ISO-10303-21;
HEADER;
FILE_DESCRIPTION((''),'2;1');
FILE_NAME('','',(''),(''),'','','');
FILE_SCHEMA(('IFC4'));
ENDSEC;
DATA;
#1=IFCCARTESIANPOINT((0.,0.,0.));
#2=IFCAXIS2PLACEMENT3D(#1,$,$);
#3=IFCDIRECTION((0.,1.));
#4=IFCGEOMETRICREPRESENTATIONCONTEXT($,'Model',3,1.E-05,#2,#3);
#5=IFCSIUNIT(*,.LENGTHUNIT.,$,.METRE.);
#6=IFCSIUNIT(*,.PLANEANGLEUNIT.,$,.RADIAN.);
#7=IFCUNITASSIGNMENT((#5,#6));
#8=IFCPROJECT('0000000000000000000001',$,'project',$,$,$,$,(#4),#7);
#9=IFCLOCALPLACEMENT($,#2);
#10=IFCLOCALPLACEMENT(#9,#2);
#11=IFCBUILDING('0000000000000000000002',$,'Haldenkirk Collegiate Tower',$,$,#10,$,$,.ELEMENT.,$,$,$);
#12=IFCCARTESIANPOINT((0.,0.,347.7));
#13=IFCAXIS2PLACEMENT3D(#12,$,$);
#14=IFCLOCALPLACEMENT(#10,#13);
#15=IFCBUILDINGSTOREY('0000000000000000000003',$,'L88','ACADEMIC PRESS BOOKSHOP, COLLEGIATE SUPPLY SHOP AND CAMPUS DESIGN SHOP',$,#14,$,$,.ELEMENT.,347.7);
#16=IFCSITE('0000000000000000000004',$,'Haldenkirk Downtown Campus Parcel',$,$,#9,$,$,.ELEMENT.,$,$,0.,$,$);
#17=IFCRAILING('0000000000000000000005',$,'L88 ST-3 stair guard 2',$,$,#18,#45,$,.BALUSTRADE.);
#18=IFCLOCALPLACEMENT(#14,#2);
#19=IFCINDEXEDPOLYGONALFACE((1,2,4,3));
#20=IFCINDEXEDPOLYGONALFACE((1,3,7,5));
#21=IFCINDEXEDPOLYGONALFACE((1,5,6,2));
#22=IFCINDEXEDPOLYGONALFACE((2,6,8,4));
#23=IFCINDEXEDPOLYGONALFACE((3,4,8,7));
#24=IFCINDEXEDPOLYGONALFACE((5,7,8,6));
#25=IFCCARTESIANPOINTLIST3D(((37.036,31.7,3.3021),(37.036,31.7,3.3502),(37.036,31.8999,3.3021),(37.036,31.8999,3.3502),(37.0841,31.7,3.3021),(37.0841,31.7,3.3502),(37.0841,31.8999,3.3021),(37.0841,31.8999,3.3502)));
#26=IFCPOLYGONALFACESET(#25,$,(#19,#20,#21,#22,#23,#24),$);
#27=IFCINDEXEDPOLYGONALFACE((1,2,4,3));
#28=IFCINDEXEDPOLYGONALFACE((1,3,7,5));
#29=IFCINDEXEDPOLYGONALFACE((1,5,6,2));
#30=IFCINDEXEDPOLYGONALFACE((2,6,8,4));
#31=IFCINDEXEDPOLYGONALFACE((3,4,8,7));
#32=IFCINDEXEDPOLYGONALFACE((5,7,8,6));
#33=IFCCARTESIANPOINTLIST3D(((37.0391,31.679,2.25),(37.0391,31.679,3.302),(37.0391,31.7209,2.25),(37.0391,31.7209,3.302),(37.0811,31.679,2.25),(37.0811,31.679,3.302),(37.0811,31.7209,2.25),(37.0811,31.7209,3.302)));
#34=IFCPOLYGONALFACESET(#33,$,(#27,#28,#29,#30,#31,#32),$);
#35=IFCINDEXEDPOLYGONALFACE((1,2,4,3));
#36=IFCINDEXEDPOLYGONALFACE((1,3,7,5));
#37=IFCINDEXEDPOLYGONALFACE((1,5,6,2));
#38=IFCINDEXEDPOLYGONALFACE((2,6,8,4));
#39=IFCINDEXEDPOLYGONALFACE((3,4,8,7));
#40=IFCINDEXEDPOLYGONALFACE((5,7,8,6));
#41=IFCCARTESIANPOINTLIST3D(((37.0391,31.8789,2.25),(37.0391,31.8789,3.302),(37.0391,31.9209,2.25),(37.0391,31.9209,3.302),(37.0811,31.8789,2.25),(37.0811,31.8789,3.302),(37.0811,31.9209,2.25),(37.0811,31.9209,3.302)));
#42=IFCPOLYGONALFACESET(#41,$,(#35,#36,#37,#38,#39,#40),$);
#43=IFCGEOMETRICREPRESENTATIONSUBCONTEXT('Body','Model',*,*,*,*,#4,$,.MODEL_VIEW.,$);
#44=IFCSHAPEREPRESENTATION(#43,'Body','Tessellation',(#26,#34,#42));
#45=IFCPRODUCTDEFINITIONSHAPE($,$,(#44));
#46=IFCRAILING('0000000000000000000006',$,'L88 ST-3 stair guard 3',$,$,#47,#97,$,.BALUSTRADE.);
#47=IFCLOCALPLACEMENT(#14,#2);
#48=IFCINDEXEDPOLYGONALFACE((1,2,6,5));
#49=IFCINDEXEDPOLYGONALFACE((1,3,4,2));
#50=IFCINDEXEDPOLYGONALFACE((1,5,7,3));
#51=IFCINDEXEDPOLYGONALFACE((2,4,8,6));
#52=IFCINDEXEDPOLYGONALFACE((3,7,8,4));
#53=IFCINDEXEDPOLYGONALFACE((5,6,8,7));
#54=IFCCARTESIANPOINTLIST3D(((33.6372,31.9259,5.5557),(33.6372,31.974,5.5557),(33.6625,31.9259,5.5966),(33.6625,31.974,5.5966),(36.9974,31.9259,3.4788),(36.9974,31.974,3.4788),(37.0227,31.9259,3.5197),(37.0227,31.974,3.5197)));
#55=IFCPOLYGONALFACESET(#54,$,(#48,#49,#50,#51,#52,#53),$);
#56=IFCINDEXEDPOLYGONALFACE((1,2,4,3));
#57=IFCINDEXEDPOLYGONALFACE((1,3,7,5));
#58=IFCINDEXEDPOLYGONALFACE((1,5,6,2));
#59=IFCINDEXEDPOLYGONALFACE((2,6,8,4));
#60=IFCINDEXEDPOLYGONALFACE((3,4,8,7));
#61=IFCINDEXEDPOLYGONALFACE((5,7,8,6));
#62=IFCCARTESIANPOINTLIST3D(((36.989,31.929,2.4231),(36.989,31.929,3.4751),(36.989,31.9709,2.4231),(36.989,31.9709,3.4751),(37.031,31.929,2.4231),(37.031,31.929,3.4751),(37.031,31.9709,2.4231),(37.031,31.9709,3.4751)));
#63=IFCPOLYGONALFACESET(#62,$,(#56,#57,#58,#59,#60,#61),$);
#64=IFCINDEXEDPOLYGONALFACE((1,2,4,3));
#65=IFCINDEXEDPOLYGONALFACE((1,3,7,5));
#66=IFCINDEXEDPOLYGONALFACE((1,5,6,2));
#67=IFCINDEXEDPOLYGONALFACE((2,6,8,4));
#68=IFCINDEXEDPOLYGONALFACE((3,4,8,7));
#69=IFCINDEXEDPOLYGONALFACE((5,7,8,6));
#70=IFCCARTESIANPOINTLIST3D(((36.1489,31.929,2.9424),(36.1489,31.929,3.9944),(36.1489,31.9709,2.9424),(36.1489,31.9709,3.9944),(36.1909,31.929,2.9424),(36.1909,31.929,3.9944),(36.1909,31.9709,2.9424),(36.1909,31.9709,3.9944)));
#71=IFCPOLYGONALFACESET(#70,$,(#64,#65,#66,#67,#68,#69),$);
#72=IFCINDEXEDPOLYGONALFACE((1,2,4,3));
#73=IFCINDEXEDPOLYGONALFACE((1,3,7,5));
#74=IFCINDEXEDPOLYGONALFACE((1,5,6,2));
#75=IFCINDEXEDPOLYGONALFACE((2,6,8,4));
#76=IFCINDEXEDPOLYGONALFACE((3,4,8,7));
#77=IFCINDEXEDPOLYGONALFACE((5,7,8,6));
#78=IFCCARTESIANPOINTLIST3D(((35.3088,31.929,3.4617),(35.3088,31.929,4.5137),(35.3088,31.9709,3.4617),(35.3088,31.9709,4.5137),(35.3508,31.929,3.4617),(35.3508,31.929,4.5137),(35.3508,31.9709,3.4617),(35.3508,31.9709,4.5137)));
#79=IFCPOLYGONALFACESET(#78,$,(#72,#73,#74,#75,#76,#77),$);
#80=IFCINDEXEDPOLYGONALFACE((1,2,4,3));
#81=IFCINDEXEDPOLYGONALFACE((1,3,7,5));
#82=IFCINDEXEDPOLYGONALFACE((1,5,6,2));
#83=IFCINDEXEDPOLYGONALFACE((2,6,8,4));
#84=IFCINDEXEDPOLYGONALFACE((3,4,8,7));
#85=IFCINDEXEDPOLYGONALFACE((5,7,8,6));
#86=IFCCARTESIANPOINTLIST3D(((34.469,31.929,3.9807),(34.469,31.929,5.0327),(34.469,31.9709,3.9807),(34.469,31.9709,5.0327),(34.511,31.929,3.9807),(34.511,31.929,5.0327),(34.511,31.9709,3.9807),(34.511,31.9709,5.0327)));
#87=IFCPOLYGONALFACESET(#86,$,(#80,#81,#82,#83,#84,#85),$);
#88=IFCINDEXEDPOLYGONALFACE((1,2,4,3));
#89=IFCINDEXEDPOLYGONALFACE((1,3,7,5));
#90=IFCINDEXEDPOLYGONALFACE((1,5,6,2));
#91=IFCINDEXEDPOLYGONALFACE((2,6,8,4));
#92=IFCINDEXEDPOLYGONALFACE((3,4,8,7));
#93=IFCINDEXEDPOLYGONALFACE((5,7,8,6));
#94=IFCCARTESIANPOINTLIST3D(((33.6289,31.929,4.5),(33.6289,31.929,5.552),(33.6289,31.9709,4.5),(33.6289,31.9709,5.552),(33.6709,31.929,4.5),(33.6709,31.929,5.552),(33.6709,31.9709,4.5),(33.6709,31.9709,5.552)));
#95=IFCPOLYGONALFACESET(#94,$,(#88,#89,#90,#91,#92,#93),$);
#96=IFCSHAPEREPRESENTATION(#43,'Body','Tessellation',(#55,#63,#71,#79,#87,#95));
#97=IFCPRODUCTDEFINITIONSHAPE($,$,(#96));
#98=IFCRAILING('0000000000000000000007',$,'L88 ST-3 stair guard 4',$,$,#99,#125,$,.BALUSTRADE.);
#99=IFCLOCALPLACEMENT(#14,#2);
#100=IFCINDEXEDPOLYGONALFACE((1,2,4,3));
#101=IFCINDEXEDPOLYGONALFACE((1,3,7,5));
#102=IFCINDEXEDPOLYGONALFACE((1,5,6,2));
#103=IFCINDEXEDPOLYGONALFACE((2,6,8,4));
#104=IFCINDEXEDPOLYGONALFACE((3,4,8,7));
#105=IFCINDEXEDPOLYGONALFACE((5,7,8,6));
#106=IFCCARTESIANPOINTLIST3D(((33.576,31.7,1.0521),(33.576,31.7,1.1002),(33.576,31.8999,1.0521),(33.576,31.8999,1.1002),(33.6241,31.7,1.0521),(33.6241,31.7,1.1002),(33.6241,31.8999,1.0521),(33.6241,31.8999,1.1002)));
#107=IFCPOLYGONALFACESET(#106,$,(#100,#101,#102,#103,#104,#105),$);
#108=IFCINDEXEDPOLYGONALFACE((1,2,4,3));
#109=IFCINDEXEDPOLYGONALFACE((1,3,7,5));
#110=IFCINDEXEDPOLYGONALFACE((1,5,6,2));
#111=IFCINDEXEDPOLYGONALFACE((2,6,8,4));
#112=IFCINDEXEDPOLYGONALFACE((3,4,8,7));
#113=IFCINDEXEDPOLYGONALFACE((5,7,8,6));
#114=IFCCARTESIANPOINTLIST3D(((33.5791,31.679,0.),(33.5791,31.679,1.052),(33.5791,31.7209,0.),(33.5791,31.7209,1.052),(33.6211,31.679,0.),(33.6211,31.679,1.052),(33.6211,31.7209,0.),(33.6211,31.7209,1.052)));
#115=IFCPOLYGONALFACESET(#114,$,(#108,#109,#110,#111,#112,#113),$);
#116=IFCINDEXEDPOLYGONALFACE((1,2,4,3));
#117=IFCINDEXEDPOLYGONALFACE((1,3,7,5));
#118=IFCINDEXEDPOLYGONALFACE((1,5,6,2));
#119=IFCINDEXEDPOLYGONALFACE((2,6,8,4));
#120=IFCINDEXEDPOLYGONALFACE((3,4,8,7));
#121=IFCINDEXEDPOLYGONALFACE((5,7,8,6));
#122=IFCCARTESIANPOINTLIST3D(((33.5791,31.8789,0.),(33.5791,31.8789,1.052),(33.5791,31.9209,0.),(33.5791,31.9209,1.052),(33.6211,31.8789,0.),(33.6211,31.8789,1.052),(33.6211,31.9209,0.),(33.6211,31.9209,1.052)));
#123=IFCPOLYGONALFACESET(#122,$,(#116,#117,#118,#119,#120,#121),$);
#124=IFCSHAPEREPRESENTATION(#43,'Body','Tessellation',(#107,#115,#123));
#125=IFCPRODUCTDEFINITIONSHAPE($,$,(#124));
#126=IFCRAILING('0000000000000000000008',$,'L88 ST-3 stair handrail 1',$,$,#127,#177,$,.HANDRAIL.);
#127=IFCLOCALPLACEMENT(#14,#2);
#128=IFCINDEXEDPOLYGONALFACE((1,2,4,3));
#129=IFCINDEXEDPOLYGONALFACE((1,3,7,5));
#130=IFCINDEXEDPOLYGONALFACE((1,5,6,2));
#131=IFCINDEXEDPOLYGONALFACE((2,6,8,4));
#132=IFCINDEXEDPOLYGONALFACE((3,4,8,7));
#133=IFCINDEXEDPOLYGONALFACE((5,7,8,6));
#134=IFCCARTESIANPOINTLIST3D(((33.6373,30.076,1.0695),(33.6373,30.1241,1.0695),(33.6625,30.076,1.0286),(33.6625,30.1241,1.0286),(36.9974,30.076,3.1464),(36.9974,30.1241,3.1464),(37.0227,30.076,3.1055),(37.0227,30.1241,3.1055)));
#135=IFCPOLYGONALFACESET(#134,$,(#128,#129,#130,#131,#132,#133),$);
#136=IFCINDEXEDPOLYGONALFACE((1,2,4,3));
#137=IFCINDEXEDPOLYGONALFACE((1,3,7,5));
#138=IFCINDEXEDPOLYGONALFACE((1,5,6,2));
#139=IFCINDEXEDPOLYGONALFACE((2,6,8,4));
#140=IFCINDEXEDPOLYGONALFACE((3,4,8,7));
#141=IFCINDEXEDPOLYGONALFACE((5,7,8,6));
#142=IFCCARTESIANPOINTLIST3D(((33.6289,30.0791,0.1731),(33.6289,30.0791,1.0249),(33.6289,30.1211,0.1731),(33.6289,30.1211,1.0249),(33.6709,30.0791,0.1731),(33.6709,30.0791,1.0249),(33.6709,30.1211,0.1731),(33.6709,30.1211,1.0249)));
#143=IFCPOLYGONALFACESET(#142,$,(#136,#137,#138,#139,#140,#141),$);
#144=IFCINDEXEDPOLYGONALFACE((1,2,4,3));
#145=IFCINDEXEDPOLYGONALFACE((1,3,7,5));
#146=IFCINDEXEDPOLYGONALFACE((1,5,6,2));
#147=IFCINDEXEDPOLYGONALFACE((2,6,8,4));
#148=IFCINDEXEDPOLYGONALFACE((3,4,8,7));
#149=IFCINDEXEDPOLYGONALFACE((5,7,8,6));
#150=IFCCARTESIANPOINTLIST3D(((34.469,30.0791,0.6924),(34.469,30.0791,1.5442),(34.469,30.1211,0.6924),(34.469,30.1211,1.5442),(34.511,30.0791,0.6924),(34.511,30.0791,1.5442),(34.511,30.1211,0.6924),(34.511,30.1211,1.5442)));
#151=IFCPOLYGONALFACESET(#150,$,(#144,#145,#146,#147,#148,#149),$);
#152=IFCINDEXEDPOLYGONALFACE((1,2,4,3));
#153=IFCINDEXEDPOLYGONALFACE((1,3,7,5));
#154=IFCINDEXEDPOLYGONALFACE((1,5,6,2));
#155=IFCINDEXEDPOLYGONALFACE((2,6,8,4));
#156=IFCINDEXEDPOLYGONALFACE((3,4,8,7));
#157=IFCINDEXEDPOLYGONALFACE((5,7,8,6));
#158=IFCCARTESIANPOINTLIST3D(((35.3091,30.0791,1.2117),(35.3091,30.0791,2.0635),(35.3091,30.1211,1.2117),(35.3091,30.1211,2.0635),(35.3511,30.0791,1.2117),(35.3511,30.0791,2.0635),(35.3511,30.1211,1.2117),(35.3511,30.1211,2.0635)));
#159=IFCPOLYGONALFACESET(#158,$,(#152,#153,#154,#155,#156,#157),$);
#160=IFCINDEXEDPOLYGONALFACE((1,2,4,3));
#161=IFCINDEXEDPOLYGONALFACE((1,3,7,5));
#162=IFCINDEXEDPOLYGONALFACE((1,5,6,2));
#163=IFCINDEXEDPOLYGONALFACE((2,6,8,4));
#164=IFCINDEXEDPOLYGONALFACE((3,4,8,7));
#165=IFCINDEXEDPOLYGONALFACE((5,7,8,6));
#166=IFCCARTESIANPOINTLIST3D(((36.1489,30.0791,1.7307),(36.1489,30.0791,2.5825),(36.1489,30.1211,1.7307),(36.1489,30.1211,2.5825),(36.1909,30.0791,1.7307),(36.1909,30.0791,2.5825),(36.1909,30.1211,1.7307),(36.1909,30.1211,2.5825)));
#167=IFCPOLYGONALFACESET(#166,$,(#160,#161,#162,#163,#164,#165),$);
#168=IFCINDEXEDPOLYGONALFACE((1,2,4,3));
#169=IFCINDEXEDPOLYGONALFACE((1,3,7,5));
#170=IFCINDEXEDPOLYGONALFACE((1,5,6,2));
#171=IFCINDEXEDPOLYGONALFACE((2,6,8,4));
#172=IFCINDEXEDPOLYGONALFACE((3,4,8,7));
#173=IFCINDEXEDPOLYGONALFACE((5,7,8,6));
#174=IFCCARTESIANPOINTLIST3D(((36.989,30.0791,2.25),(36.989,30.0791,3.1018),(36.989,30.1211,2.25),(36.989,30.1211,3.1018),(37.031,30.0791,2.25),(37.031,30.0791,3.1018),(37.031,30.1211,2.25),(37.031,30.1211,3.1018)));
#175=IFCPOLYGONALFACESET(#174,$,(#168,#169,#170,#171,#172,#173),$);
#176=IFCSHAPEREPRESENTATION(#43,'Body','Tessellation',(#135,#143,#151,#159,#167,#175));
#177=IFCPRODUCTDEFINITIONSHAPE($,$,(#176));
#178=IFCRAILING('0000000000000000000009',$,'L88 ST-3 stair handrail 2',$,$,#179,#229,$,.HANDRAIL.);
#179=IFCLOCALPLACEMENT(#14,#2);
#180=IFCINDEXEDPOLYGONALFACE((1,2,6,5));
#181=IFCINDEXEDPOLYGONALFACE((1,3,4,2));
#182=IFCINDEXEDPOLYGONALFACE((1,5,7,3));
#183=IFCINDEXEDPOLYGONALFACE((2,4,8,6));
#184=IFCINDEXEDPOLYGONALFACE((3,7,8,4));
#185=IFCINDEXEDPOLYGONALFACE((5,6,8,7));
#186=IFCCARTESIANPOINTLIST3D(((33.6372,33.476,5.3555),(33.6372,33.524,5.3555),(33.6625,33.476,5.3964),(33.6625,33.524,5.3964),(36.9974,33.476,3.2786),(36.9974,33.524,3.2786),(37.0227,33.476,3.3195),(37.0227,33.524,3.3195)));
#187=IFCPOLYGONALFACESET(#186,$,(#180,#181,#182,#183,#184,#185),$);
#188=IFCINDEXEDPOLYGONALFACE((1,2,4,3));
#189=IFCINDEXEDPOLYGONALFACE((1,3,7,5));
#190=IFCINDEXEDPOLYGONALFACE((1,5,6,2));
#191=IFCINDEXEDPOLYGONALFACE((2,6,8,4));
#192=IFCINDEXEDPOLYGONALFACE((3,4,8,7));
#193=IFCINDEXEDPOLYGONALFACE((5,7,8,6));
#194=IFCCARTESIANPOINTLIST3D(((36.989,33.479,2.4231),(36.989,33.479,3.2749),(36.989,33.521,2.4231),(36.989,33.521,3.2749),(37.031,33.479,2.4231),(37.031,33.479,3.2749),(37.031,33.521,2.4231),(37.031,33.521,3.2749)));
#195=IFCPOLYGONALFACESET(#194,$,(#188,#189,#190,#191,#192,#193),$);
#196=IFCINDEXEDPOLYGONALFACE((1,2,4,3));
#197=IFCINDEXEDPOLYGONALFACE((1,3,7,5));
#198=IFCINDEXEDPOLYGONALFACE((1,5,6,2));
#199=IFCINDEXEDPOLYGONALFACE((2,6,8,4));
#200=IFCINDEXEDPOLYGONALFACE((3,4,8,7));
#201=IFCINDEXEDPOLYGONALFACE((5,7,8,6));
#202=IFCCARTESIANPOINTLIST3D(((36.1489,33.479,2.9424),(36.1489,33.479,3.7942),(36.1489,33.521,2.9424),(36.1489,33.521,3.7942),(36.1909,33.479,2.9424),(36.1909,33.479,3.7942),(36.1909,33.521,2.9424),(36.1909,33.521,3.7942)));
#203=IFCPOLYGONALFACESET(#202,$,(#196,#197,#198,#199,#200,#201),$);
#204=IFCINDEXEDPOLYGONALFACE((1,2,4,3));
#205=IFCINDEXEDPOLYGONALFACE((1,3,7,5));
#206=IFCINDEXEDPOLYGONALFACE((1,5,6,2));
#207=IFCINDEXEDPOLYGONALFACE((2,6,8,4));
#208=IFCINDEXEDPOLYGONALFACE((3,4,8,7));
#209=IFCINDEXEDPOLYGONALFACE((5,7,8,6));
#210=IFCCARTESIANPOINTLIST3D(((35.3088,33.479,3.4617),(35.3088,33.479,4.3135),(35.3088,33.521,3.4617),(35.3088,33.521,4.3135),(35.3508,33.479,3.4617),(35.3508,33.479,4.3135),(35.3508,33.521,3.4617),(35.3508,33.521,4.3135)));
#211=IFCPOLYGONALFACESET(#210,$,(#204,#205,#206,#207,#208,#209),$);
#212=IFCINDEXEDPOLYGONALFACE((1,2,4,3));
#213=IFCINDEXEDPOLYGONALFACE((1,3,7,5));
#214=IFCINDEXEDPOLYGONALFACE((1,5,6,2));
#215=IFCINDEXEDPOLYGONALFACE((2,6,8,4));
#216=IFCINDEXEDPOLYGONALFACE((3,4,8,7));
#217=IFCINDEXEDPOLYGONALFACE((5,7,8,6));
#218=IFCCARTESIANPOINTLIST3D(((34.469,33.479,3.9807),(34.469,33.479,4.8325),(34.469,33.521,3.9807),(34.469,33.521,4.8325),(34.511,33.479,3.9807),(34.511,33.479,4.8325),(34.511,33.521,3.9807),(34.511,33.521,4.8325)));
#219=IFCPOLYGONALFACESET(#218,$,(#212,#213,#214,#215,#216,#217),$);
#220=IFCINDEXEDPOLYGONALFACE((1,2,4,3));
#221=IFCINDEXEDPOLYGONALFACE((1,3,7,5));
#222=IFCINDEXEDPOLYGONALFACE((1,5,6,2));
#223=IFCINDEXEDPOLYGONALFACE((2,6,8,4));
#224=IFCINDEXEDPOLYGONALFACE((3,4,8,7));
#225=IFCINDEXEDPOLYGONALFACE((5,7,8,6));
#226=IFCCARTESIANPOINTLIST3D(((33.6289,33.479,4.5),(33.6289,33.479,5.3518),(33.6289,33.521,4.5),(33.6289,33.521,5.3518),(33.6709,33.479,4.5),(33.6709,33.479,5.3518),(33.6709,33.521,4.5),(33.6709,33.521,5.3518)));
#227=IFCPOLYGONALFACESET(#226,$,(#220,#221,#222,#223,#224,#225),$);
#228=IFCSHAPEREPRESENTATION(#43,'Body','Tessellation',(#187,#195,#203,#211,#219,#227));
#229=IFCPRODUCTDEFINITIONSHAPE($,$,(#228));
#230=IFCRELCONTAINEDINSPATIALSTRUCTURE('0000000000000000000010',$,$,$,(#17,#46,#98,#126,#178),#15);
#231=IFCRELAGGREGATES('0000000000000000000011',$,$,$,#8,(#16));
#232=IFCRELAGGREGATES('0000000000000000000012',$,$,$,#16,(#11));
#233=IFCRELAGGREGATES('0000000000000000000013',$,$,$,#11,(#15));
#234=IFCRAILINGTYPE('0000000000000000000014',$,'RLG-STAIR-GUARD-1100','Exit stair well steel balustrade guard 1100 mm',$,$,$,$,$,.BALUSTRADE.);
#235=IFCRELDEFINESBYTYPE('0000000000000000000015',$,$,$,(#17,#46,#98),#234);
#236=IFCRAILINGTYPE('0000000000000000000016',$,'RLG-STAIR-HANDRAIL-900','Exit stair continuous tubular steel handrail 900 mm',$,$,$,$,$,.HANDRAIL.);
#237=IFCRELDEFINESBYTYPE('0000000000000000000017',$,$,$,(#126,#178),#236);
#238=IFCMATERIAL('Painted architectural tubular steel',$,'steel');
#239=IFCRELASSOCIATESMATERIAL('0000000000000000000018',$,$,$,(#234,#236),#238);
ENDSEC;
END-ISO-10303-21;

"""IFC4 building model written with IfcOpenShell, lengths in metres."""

from ifc_helpers import new_model, si_unit, direction, frame, origin, origin_2d, place, context, subcontext, project, spatial, rectangle, extrude, material, type_object, element, save


model = new_model("IFC4")

# Units and contexts
model_context = context("Model", 3, precision=1e-05, world=origin(), true_north=direction((0.0, 1.0)))
body_context = subcontext(model_context, "Body", "Model", "MODEL_VIEW")
ifc_project = project(units=[si_unit("LENGTHUNIT", "METRE"), si_unit("PLANEANGLEUNIT", "RADIAN")], contexts=[model_context])

# Site, building, storey
site_placement = place(None, origin())
site = spatial("IfcSite", under=ifc_project, at=site_placement, Name="Haldenkirk Downtown Campus Parcel", CompositionType="ELEMENT", RefElevation=0.0)
building_placement = place(site_placement, origin())
building = spatial("IfcBuilding", under=site, at=building_placement, Name="Haldenkirk Collegiate Tower", CompositionType="ELEMENT")
storey_placement = place(building_placement, frame((0.0, 0.0, 347.7)))
storey = spatial("IfcBuildingStorey", under=building, at=storey_placement, Name="L88", Description="ACADEMIC PRESS BOOKSHOP, COLLEGIATE SUPPLY SHOP AND CAMPUS DESIGN SHOP", CompositionType="ELEMENT", Elevation=347.7)

# Railings
ifc_material_1 = material(Name="Painted architectural tubular steel", Category="steel")
railing_type_1 = type_object("IfcRailingType", Name="RLG-STAIR-GUARD-1100", Description="Exit stair well steel balustrade guard 1100 mm", PredefinedType="BALUSTRADE", material=ifc_material_1)
railing_1_placement = place(storey_placement, frame((37.0601, 31.7, 2.25)))
element("IfcRailing", 1, at=railing_1_placement, inside=storey, type_object=railing_type_1, Name="L88 ST-3 stair guard 2", PredefinedType="BALUSTRADE", context=body_context, shape_type="SweptSolid", body=[
    extrude(rectangle(XDim=0.0481, YDim=0.0481, at=origin_2d()), frame((0.0, 0.0, 1.0762), z_axis=(0.0, 1.0, 0.0), x_axis=(-1.0, 0.0, 0.0)), (0.0, 0.0, 1.0), 0.2),
    extrude(rectangle(XDim=0.042, YDim=0.042, at=origin_2d()), origin(), (0.0, 0.0, 1.0), 1.052),
    extrude(rectangle(XDim=0.042, YDim=0.042, at=origin_2d()), frame((0.0, 0.2, 0.0)), (0.0, 0.0, 1.0), 1.052),
])
railing_2_placement = place(storey_placement, frame((37.01, 31.95, 2.4231)))
element("IfcRailing", 2, at=railing_2_placement, inside=storey, type_object=railing_type_1, Name="L88 ST-3 stair guard 3", PredefinedType="BALUSTRADE", context=body_context, shape_type="SweptSolid", body=[
    extrude(rectangle(XDim=0.0481, YDim=0.0481, at=origin_2d()), frame((0.0, 0.0, 1.0762), z_axis=(-0.850623, 0.0, 0.525776), x_axis=(0.0, -1.0, 0.0)), (0.0, 0.0, 1.0), 3.9502),
    extrude(rectangle(XDim=0.042, YDim=0.042, at=origin_2d()), origin(), (0.0, 0.0, 1.0), 1.052),
    extrude(rectangle(XDim=0.042, YDim=0.042, at=origin_2d()), frame((-0.8401, 0.0, 0.5193)), (0.0, 0.0, 1.0), 1.052),
    extrude(rectangle(XDim=0.042, YDim=0.042, at=origin_2d()), frame((-1.6802, 0.0, 1.0386)), (0.0, 0.0, 1.0), 1.052),
    extrude(rectangle(XDim=0.042, YDim=0.042, at=origin_2d()), frame((-2.52, 0.0, 1.5576)), (0.0, 0.0, 1.0), 1.052),
    extrude(rectangle(XDim=0.042, YDim=0.042, at=origin_2d()), frame((-3.3601, 0.0, 2.0769)), (0.0, 0.0, 1.0), 1.052),
])
railing_3_placement = place(storey_placement, frame((33.6001, 31.7, 0.0)))
element("IfcRailing", 3, at=railing_3_placement, inside=storey, type_object=railing_type_1, Name="L88 ST-3 stair guard 4", PredefinedType="BALUSTRADE", context=body_context, shape_type="SweptSolid", body=[
    extrude(rectangle(XDim=0.0481, YDim=0.0481, at=origin_2d()), frame((0.0, 0.0, 1.0762), z_axis=(0.0, 1.0, 0.0), x_axis=(-1.0, 0.0, 0.0)), (0.0, 0.0, 1.0), 0.2),
    extrude(rectangle(XDim=0.042, YDim=0.042, at=origin_2d()), origin(), (0.0, 0.0, 1.0), 1.052),
    extrude(rectangle(XDim=0.042, YDim=0.042, at=origin_2d()), frame((0.0, 0.2, 0.0)), (0.0, 0.0, 1.0), 1.052),
])
railing_type_2 = type_object("IfcRailingType", Name="RLG-STAIR-HANDRAIL-900", Description="Exit stair continuous tubular steel handrail 900 mm", PredefinedType="HANDRAIL", material=ifc_material_1)
railing_4_placement = place(storey_placement, frame((33.6499, 30.1001, 0.1731)))
element("IfcRailing", 4, at=railing_4_placement, inside=storey, type_object=railing_type_2, Name="L88 ST-3 stair handrail 1", PredefinedType="HANDRAIL", context=body_context, shape_type="SweptSolid", body=[
    extrude(rectangle(XDim=0.0481, YDim=0.0481, at=origin_2d()), frame((0.0, 0.0, 0.876), z_axis=(0.850623, 0.0, 0.525776), x_axis=(0.0, 1.0, 0.0)), (0.0, 0.0, 1.0), 3.9502),
    extrude(rectangle(XDim=0.042, YDim=0.042, at=origin_2d()), origin(), (0.0, 0.0, 1.0), 0.8518),
    extrude(rectangle(XDim=0.042, YDim=0.042, at=origin_2d()), frame((0.8401, 0.0, 0.5193)), (0.0, 0.0, 1.0), 0.8518),
    extrude(rectangle(XDim=0.042, YDim=0.042, at=origin_2d()), frame((1.6802, 0.0, 1.0386)), (0.0, 0.0, 1.0), 0.8518),
    extrude(rectangle(XDim=0.042, YDim=0.042, at=origin_2d()), frame((2.52, 0.0, 1.5576)), (0.0, 0.0, 1.0), 0.8518),
    extrude(rectangle(XDim=0.042, YDim=0.042, at=origin_2d()), frame((3.3601, 0.0, 2.0769)), (0.0, 0.0, 1.0), 0.8518),
])
railing_5_placement = place(storey_placement, frame((37.01, 33.5, 2.4231)))
element("IfcRailing", 5, at=railing_5_placement, inside=storey, type_object=railing_type_2, Name="L88 ST-3 stair handrail 2", PredefinedType="HANDRAIL", context=body_context, shape_type="SweptSolid", body=[
    extrude(rectangle(XDim=0.0481, YDim=0.0481, at=origin_2d()), frame((0.0, 0.0, 0.876), z_axis=(-0.850623, 0.0, 0.525776), x_axis=(0.0, -1.0, 0.0)), (0.0, 0.0, 1.0), 3.9502),
    extrude(rectangle(XDim=0.042, YDim=0.042, at=origin_2d()), origin(), (0.0, 0.0, 1.0), 0.8518),
    extrude(rectangle(XDim=0.042, YDim=0.042, at=origin_2d()), frame((-0.8401, 0.0, 0.5193)), (0.0, 0.0, 1.0), 0.8518),
    extrude(rectangle(XDim=0.042, YDim=0.042, at=origin_2d()), frame((-1.6802, 0.0, 1.0386)), (0.0, 0.0, 1.0), 0.8518),
    extrude(rectangle(XDim=0.042, YDim=0.042, at=origin_2d()), frame((-2.52, 0.0, 1.5576)), (0.0, 0.0, 1.0), 0.8518),
    extrude(rectangle(XDim=0.042, YDim=0.042, at=origin_2d()), frame((-3.3601, 0.0, 2.0769)), (0.0, 0.0, 1.0), 0.8518),
])

save(model, "model.ifc")
